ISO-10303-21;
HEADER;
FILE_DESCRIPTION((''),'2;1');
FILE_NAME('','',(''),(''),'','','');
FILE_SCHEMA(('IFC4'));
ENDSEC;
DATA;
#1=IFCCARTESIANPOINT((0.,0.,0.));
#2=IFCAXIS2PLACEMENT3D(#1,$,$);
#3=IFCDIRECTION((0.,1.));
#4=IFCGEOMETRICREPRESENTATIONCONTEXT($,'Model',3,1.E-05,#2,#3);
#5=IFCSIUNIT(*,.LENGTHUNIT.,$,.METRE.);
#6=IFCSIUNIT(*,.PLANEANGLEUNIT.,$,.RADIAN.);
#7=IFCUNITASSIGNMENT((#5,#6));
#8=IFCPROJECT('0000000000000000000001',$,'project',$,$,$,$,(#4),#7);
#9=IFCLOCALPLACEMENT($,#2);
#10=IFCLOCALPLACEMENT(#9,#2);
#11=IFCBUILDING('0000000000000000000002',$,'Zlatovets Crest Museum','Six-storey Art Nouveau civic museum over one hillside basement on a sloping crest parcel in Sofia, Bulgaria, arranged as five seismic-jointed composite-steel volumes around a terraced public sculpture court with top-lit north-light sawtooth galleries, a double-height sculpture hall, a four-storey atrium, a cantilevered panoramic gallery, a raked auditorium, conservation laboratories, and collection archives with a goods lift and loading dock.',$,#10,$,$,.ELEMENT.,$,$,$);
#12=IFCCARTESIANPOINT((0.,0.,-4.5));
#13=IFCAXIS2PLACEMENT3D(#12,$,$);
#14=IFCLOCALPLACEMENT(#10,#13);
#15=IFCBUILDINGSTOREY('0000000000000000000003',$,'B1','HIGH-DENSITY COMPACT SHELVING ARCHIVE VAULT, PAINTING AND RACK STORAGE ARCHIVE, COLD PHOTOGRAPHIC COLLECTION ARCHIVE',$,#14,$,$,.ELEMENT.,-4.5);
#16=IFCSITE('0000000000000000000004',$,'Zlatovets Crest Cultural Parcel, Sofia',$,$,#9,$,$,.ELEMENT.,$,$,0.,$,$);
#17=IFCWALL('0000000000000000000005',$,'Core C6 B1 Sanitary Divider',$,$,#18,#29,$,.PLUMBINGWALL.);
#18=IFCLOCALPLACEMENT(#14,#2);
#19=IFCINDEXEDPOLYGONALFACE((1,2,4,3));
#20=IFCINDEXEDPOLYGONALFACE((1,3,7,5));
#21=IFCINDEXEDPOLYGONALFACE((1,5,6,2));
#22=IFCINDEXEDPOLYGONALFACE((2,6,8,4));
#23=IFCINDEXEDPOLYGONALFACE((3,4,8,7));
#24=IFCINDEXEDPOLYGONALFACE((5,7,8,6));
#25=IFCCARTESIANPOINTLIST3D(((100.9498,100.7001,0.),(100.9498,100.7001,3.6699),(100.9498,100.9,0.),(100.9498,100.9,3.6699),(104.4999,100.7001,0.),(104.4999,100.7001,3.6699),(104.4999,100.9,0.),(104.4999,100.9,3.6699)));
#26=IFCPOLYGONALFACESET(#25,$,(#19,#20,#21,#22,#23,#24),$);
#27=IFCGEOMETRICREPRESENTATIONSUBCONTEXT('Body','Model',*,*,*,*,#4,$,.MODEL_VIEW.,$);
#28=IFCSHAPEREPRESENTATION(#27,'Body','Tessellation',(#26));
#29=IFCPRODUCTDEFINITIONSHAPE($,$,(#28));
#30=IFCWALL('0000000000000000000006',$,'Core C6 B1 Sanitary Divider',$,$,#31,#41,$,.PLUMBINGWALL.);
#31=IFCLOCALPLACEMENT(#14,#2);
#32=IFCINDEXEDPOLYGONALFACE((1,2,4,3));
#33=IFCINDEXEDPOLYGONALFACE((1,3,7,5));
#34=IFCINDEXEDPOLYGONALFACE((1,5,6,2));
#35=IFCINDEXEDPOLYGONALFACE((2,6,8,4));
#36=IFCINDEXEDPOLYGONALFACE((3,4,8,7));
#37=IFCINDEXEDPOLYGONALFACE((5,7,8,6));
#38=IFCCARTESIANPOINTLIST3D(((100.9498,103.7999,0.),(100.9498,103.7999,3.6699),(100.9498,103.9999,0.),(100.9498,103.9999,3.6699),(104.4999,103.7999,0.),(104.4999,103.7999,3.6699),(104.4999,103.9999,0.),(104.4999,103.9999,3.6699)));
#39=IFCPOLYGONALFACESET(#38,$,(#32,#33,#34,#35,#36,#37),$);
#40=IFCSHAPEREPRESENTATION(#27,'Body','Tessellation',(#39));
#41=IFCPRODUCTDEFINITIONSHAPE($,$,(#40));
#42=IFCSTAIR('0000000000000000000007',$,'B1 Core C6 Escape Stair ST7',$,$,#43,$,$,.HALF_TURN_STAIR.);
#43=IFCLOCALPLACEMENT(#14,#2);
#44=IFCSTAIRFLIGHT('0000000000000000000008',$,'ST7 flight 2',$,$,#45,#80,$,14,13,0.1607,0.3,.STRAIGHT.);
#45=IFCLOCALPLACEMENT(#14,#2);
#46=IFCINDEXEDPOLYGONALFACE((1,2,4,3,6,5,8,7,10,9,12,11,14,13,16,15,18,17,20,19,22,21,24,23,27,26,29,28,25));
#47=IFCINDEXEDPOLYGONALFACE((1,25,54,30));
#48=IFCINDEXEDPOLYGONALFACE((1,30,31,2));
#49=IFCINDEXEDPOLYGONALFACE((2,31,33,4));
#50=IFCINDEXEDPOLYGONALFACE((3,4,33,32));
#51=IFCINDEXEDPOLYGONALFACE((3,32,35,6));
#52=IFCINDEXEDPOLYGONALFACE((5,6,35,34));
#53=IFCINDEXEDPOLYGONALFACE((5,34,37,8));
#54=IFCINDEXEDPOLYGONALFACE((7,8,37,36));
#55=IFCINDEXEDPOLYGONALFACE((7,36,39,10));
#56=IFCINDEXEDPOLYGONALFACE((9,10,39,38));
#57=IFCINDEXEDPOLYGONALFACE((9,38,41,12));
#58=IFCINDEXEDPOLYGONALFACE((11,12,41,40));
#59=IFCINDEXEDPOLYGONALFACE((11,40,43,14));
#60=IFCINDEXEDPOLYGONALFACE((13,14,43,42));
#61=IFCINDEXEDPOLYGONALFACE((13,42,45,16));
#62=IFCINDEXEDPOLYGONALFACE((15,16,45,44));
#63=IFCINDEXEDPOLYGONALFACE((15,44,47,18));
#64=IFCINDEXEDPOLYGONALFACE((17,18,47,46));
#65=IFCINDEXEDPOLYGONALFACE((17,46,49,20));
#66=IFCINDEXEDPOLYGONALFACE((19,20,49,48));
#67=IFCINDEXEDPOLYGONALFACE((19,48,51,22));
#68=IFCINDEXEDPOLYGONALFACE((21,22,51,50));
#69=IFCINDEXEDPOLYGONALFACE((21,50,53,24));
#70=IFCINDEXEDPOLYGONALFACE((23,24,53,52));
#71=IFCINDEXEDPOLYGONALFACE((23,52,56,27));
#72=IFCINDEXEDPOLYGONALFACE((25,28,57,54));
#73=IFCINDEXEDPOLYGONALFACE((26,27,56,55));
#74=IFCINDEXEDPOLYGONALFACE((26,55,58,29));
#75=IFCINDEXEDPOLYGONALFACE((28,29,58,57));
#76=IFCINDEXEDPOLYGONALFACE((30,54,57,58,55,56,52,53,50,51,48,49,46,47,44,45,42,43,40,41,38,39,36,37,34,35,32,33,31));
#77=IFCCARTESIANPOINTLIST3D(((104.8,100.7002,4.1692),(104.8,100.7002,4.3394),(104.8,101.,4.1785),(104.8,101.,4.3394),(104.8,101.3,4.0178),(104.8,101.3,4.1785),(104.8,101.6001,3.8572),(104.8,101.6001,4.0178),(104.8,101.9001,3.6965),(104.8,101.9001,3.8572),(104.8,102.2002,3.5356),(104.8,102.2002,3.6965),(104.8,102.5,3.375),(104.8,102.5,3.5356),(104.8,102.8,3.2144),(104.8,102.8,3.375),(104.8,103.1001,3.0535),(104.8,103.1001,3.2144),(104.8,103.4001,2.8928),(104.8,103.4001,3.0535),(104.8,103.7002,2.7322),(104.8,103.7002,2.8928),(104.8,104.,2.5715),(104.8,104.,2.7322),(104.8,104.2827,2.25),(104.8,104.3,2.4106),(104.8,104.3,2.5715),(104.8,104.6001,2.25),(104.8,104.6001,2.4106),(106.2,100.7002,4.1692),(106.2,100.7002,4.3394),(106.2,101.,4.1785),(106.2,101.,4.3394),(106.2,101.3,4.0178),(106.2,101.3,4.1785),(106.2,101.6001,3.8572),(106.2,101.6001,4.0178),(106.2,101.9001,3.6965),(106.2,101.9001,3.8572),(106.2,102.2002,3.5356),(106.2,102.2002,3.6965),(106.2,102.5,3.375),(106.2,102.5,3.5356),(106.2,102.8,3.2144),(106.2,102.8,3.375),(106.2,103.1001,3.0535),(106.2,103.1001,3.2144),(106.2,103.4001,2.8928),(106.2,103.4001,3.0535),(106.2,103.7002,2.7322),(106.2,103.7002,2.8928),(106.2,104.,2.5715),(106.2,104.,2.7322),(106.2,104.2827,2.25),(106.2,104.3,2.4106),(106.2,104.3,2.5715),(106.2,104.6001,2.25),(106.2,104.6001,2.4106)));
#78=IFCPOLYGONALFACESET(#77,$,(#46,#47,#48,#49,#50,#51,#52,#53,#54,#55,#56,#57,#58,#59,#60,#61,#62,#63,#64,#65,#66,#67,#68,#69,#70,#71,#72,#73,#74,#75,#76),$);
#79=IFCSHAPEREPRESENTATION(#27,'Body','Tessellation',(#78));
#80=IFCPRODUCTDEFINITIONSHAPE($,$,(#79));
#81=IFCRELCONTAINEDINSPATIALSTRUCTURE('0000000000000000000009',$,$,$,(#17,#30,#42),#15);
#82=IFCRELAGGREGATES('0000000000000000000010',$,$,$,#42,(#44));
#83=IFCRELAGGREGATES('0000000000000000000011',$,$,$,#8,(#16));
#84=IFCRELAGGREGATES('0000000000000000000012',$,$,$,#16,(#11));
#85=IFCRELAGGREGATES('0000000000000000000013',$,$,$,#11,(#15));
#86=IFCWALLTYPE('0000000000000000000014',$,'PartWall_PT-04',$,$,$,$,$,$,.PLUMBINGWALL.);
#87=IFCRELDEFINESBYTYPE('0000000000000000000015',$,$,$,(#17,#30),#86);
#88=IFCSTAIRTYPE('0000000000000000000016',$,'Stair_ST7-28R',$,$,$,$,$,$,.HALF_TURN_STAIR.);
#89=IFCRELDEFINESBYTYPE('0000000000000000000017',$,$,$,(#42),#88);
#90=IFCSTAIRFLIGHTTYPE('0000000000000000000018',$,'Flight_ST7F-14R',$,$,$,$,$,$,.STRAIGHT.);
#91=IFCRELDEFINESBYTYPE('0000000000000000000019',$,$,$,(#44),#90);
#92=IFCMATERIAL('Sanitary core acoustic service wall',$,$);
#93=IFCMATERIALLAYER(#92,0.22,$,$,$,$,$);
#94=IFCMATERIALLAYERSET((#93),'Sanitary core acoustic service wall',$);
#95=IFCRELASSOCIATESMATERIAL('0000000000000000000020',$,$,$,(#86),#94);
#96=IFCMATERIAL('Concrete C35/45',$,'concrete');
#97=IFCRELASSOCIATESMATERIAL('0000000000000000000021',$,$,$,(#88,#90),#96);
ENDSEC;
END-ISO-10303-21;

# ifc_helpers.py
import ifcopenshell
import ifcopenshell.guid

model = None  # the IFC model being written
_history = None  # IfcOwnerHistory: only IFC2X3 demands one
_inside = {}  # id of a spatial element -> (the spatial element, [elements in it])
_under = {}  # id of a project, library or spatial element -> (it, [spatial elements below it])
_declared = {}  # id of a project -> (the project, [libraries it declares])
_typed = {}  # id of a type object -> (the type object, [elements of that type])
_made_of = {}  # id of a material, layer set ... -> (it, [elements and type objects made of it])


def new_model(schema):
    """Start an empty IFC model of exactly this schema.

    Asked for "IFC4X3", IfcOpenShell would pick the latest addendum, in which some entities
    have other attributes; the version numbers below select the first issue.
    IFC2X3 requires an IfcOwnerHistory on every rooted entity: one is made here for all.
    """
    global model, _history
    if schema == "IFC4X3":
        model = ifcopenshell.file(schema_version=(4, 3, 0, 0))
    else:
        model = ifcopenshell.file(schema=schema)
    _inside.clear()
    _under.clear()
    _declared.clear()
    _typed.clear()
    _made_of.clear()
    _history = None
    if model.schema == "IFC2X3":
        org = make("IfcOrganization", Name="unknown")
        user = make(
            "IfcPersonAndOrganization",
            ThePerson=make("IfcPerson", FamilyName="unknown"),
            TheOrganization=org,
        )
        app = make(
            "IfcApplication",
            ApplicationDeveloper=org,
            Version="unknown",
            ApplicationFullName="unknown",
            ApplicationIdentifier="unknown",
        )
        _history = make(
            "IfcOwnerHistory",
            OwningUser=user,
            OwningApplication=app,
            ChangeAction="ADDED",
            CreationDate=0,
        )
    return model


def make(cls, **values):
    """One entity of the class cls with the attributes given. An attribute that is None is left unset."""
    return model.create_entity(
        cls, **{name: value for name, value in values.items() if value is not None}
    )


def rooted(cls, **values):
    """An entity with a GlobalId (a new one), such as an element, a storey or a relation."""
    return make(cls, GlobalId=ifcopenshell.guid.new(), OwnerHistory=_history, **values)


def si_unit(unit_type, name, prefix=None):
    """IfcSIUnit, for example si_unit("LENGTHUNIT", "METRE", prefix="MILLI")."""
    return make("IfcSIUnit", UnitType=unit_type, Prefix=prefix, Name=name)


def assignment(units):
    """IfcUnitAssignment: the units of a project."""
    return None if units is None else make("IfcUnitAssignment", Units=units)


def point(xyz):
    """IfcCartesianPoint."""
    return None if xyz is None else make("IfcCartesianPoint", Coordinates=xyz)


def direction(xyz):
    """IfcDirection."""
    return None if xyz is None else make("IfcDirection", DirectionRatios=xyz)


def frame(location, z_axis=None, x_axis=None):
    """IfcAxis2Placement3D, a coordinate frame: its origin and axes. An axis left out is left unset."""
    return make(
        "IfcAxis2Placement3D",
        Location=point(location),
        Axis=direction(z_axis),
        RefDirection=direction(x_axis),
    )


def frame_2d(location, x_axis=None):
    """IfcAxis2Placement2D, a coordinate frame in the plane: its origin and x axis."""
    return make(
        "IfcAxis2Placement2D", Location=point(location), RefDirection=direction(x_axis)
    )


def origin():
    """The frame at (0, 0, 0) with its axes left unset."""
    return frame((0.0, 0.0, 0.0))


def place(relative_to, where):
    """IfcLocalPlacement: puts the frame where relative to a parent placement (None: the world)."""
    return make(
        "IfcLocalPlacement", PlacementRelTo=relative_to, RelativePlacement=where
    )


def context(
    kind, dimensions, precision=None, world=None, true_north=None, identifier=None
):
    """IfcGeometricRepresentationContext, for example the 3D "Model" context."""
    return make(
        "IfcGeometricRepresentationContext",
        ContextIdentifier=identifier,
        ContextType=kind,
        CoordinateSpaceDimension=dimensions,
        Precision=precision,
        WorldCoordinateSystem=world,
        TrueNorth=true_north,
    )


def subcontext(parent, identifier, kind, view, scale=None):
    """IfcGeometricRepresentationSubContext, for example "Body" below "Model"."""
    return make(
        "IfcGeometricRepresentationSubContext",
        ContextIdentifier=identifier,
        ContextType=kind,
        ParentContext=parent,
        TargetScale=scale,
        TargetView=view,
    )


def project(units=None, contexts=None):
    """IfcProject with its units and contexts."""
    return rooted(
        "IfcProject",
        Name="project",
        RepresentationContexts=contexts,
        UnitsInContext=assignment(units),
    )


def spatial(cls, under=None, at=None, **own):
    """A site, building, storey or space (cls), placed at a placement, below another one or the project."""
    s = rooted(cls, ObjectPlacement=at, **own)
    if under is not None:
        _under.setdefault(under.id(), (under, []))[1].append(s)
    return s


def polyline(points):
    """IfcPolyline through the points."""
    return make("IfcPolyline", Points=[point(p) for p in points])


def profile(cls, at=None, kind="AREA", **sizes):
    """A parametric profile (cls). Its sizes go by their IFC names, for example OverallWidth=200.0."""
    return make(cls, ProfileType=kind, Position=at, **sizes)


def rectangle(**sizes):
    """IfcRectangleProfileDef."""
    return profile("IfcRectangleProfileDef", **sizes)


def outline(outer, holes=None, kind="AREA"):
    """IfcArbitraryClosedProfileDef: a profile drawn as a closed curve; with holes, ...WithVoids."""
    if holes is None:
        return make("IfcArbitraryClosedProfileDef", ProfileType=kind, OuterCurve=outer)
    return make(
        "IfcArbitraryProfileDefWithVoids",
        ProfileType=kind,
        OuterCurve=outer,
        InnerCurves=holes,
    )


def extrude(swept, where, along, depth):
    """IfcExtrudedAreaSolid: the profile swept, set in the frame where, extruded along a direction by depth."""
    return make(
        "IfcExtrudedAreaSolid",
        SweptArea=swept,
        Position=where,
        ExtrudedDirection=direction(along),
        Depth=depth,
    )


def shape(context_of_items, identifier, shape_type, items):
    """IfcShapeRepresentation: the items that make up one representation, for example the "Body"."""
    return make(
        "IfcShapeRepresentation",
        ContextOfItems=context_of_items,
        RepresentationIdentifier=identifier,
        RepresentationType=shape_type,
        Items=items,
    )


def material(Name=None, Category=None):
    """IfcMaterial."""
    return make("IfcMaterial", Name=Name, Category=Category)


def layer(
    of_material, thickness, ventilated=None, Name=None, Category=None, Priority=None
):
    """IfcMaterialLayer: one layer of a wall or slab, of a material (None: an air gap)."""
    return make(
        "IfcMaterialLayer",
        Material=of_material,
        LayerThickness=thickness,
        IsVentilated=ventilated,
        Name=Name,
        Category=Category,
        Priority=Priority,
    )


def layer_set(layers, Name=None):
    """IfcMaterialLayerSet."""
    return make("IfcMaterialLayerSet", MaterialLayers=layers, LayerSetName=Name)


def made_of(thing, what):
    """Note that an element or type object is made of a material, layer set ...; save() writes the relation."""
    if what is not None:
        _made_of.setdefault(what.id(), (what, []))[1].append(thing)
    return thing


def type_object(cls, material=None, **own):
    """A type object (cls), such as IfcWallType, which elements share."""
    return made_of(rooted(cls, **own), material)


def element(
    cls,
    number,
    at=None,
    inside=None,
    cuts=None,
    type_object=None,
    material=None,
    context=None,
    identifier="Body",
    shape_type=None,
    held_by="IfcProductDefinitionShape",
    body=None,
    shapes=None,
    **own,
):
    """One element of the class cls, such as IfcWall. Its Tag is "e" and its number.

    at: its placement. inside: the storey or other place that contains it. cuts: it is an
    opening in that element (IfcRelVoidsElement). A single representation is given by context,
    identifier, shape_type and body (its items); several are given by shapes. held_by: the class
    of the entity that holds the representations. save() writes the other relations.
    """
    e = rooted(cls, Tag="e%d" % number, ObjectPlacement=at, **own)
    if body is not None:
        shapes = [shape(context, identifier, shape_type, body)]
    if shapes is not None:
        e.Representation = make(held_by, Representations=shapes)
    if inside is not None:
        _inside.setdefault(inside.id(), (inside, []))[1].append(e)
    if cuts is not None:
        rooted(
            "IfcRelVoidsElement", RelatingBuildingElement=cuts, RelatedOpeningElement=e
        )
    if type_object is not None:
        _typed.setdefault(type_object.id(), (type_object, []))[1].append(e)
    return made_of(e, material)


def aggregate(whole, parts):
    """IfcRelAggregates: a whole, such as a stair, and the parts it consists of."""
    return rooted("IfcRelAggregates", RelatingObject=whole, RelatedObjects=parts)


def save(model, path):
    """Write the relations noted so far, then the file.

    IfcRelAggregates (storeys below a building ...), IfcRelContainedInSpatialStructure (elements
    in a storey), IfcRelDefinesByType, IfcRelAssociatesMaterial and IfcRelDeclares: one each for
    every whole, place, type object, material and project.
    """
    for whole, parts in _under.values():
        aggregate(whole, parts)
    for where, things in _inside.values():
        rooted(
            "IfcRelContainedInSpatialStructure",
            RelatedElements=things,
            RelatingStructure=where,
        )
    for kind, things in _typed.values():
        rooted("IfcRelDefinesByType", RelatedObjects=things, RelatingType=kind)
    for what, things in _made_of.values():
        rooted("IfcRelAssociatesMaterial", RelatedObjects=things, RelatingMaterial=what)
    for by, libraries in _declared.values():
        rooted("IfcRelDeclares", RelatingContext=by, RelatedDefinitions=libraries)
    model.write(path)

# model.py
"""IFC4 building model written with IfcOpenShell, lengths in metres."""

from ifc_helpers import new_model, si_unit, direction, frame, frame_2d, origin, place, context, subcontext, project, spatial, polyline, rectangle, outline, extrude, material, layer, layer_set, type_object, element, aggregate, save


model = new_model("IFC4")

# Units and contexts
model_context = context("Model", 3, precision=1e-05, world=origin(), true_north=direction((0.0, 1.0)))
body_context = subcontext(model_context, "Body", "Model", "MODEL_VIEW")
ifc_project = project(units=[si_unit("LENGTHUNIT", "METRE"), si_unit("PLANEANGLEUNIT", "RADIAN")], contexts=[model_context])

# Site, building, storey
site_placement = place(None, origin())
site = spatial("IfcSite", under=ifc_project, at=site_placement, Name="Zlatovets Crest Cultural Parcel, Sofia", CompositionType="ELEMENT", RefElevation=0.0)
building_placement = place(site_placement, origin())
building = spatial("IfcBuilding", under=site, at=building_placement, Name="Zlatovets Crest Museum", Description="Six-storey Art Nouveau civic museum over one hillside basement on a sloping crest parcel in Sofia, Bulgaria, arranged as five seismic-jointed composite-steel volumes around a terraced public sculpture court with top-lit north-light sawtooth galleries, a double-height sculpture hall, a four-storey atrium, a cantilevered panoramic gallery, a raked auditorium, conservation laboratories, and collection archives with a goods lift and loading dock.", CompositionType="ELEMENT")
storey_placement = place(building_placement, frame((0.0, 0.0, -4.5)))
storey = spatial("IfcBuildingStorey", under=building, at=storey_placement, Name="B1", Description="HIGH-DENSITY COMPACT SHELVING ARCHIVE VAULT, PAINTING AND RACK STORAGE ARCHIVE, COLD PHOTOGRAPHIC COLLECTION ARCHIVE", CompositionType="ELEMENT", Elevation=-4.5)

# Shared definitions
ifc_material_1 = material(Name="Concrete C35/45", Category="concrete")

# Shared definitions
ifc_material_2 = material(Name="Sanitary core acoustic service wall")
ifc_layer_1 = layer(ifc_material_2, 0.22)
ifc_layer_set_1 = layer_set([ifc_layer_1], Name="Sanitary core acoustic service wall")
wall_type_1 = type_object("IfcWallType", Name="PartWall_PT-04", PredefinedType="PLUMBINGWALL", material=ifc_layer_set_1)

# Walls
for number, where, z_axis, x_axis, name in (
    (1, (100.95, 100.8, 0.0), (0.0, 0.0, 1.0), (1.0, 0.0, 0.0), "Core C6 B1 Sanitary Divider"),
    (2, (100.95, 103.8999, 0.0), (0.0, 0.0, 1.0), (1.0, 0.0, 0.0), "Core C6 B1 Sanitary Divider"),
):
    element("IfcWall", number, at=place(storey_placement, frame(where, z_axis=z_axis, x_axis=x_axis)), inside=storey, type_object=wall_type_1, Name=name, PredefinedType="PLUMBINGWALL", context=body_context, shape_type="SweptSolid", body=[
        extrude(rectangle(XDim=3.55, YDim=0.2, at=frame_2d((1.7749, 0.0))), origin(), (0.0, 0.0, 1.0), 3.6699),
    ])

# Stair, stair flight
stair_type = type_object("IfcStairType", Name="Stair_ST7-28R", PredefinedType="HALF_TURN_STAIR", material=ifc_material_1)
stair_placement = place(storey_placement, origin())
stair = element("IfcStair", 3, at=stair_placement, inside=storey, type_object=stair_type, Name="B1 Core C6 Escape Stair ST7", PredefinedType="HALF_TURN_STAIR")
stair_flight_type = type_object("IfcStairFlightType", Name="Flight_ST7F-14R", PredefinedType="STRAIGHT", material=ifc_material_1)
stair_flight_placement = place(storey_placement, frame((105.5, 104.6001, 2.25), z_axis=(0.0, 0.0, 1.0), x_axis=(0.0, -1.0, 0.0)))
stair_flight = element("IfcStairFlight", 4, at=stair_flight_placement, type_object=stair_flight_type, Name="ST7 flight 2", NumberOfRisers=14, NumberOfTreads=13, PredefinedType="STRAIGHT", RiserHeight=0.1607, TreadLength=0.3, context=body_context, shape_type="SweptSolid", body=[
    extrude(outline(polyline([(0.0, 0.0), (0.0, 0.1606), (0.3, 0.1606), (0.3, 0.3215), (0.6001, 0.3215), (0.6001, 0.4822), (0.8999, 0.4822), (0.8999, 0.6428), (1.2, 0.6428), (1.2, 0.8035), (1.5, 0.8035), (1.5, 0.9644), (1.8, 0.9644), (1.8, 1.125), (2.1001, 1.125), (2.1001, 1.2856), (2.3999, 1.2856), (2.3999, 1.4465), (2.7, 1.4465), (2.7, 1.6072), (3.0, 1.6072), (3.0, 1.7678), (3.3, 1.7678), (3.3, 1.9285), (3.6001, 1.9285), (3.6001, 2.0894), (3.8999, 2.0894), (3.8999, 2.25), (3.8999, 1.9192), (0.3174, 0.0), (0.0, 0.0)])), frame((0.0, 0.7, 0.0), z_axis=(0.0, -1.0, 0.0), x_axis=(1.0, 0.0, 0.0)), (0.0, 0.0, 1.0), 1.3999),
])
aggregate(stair, [stair_flight])

save(model, "model.ifc")
